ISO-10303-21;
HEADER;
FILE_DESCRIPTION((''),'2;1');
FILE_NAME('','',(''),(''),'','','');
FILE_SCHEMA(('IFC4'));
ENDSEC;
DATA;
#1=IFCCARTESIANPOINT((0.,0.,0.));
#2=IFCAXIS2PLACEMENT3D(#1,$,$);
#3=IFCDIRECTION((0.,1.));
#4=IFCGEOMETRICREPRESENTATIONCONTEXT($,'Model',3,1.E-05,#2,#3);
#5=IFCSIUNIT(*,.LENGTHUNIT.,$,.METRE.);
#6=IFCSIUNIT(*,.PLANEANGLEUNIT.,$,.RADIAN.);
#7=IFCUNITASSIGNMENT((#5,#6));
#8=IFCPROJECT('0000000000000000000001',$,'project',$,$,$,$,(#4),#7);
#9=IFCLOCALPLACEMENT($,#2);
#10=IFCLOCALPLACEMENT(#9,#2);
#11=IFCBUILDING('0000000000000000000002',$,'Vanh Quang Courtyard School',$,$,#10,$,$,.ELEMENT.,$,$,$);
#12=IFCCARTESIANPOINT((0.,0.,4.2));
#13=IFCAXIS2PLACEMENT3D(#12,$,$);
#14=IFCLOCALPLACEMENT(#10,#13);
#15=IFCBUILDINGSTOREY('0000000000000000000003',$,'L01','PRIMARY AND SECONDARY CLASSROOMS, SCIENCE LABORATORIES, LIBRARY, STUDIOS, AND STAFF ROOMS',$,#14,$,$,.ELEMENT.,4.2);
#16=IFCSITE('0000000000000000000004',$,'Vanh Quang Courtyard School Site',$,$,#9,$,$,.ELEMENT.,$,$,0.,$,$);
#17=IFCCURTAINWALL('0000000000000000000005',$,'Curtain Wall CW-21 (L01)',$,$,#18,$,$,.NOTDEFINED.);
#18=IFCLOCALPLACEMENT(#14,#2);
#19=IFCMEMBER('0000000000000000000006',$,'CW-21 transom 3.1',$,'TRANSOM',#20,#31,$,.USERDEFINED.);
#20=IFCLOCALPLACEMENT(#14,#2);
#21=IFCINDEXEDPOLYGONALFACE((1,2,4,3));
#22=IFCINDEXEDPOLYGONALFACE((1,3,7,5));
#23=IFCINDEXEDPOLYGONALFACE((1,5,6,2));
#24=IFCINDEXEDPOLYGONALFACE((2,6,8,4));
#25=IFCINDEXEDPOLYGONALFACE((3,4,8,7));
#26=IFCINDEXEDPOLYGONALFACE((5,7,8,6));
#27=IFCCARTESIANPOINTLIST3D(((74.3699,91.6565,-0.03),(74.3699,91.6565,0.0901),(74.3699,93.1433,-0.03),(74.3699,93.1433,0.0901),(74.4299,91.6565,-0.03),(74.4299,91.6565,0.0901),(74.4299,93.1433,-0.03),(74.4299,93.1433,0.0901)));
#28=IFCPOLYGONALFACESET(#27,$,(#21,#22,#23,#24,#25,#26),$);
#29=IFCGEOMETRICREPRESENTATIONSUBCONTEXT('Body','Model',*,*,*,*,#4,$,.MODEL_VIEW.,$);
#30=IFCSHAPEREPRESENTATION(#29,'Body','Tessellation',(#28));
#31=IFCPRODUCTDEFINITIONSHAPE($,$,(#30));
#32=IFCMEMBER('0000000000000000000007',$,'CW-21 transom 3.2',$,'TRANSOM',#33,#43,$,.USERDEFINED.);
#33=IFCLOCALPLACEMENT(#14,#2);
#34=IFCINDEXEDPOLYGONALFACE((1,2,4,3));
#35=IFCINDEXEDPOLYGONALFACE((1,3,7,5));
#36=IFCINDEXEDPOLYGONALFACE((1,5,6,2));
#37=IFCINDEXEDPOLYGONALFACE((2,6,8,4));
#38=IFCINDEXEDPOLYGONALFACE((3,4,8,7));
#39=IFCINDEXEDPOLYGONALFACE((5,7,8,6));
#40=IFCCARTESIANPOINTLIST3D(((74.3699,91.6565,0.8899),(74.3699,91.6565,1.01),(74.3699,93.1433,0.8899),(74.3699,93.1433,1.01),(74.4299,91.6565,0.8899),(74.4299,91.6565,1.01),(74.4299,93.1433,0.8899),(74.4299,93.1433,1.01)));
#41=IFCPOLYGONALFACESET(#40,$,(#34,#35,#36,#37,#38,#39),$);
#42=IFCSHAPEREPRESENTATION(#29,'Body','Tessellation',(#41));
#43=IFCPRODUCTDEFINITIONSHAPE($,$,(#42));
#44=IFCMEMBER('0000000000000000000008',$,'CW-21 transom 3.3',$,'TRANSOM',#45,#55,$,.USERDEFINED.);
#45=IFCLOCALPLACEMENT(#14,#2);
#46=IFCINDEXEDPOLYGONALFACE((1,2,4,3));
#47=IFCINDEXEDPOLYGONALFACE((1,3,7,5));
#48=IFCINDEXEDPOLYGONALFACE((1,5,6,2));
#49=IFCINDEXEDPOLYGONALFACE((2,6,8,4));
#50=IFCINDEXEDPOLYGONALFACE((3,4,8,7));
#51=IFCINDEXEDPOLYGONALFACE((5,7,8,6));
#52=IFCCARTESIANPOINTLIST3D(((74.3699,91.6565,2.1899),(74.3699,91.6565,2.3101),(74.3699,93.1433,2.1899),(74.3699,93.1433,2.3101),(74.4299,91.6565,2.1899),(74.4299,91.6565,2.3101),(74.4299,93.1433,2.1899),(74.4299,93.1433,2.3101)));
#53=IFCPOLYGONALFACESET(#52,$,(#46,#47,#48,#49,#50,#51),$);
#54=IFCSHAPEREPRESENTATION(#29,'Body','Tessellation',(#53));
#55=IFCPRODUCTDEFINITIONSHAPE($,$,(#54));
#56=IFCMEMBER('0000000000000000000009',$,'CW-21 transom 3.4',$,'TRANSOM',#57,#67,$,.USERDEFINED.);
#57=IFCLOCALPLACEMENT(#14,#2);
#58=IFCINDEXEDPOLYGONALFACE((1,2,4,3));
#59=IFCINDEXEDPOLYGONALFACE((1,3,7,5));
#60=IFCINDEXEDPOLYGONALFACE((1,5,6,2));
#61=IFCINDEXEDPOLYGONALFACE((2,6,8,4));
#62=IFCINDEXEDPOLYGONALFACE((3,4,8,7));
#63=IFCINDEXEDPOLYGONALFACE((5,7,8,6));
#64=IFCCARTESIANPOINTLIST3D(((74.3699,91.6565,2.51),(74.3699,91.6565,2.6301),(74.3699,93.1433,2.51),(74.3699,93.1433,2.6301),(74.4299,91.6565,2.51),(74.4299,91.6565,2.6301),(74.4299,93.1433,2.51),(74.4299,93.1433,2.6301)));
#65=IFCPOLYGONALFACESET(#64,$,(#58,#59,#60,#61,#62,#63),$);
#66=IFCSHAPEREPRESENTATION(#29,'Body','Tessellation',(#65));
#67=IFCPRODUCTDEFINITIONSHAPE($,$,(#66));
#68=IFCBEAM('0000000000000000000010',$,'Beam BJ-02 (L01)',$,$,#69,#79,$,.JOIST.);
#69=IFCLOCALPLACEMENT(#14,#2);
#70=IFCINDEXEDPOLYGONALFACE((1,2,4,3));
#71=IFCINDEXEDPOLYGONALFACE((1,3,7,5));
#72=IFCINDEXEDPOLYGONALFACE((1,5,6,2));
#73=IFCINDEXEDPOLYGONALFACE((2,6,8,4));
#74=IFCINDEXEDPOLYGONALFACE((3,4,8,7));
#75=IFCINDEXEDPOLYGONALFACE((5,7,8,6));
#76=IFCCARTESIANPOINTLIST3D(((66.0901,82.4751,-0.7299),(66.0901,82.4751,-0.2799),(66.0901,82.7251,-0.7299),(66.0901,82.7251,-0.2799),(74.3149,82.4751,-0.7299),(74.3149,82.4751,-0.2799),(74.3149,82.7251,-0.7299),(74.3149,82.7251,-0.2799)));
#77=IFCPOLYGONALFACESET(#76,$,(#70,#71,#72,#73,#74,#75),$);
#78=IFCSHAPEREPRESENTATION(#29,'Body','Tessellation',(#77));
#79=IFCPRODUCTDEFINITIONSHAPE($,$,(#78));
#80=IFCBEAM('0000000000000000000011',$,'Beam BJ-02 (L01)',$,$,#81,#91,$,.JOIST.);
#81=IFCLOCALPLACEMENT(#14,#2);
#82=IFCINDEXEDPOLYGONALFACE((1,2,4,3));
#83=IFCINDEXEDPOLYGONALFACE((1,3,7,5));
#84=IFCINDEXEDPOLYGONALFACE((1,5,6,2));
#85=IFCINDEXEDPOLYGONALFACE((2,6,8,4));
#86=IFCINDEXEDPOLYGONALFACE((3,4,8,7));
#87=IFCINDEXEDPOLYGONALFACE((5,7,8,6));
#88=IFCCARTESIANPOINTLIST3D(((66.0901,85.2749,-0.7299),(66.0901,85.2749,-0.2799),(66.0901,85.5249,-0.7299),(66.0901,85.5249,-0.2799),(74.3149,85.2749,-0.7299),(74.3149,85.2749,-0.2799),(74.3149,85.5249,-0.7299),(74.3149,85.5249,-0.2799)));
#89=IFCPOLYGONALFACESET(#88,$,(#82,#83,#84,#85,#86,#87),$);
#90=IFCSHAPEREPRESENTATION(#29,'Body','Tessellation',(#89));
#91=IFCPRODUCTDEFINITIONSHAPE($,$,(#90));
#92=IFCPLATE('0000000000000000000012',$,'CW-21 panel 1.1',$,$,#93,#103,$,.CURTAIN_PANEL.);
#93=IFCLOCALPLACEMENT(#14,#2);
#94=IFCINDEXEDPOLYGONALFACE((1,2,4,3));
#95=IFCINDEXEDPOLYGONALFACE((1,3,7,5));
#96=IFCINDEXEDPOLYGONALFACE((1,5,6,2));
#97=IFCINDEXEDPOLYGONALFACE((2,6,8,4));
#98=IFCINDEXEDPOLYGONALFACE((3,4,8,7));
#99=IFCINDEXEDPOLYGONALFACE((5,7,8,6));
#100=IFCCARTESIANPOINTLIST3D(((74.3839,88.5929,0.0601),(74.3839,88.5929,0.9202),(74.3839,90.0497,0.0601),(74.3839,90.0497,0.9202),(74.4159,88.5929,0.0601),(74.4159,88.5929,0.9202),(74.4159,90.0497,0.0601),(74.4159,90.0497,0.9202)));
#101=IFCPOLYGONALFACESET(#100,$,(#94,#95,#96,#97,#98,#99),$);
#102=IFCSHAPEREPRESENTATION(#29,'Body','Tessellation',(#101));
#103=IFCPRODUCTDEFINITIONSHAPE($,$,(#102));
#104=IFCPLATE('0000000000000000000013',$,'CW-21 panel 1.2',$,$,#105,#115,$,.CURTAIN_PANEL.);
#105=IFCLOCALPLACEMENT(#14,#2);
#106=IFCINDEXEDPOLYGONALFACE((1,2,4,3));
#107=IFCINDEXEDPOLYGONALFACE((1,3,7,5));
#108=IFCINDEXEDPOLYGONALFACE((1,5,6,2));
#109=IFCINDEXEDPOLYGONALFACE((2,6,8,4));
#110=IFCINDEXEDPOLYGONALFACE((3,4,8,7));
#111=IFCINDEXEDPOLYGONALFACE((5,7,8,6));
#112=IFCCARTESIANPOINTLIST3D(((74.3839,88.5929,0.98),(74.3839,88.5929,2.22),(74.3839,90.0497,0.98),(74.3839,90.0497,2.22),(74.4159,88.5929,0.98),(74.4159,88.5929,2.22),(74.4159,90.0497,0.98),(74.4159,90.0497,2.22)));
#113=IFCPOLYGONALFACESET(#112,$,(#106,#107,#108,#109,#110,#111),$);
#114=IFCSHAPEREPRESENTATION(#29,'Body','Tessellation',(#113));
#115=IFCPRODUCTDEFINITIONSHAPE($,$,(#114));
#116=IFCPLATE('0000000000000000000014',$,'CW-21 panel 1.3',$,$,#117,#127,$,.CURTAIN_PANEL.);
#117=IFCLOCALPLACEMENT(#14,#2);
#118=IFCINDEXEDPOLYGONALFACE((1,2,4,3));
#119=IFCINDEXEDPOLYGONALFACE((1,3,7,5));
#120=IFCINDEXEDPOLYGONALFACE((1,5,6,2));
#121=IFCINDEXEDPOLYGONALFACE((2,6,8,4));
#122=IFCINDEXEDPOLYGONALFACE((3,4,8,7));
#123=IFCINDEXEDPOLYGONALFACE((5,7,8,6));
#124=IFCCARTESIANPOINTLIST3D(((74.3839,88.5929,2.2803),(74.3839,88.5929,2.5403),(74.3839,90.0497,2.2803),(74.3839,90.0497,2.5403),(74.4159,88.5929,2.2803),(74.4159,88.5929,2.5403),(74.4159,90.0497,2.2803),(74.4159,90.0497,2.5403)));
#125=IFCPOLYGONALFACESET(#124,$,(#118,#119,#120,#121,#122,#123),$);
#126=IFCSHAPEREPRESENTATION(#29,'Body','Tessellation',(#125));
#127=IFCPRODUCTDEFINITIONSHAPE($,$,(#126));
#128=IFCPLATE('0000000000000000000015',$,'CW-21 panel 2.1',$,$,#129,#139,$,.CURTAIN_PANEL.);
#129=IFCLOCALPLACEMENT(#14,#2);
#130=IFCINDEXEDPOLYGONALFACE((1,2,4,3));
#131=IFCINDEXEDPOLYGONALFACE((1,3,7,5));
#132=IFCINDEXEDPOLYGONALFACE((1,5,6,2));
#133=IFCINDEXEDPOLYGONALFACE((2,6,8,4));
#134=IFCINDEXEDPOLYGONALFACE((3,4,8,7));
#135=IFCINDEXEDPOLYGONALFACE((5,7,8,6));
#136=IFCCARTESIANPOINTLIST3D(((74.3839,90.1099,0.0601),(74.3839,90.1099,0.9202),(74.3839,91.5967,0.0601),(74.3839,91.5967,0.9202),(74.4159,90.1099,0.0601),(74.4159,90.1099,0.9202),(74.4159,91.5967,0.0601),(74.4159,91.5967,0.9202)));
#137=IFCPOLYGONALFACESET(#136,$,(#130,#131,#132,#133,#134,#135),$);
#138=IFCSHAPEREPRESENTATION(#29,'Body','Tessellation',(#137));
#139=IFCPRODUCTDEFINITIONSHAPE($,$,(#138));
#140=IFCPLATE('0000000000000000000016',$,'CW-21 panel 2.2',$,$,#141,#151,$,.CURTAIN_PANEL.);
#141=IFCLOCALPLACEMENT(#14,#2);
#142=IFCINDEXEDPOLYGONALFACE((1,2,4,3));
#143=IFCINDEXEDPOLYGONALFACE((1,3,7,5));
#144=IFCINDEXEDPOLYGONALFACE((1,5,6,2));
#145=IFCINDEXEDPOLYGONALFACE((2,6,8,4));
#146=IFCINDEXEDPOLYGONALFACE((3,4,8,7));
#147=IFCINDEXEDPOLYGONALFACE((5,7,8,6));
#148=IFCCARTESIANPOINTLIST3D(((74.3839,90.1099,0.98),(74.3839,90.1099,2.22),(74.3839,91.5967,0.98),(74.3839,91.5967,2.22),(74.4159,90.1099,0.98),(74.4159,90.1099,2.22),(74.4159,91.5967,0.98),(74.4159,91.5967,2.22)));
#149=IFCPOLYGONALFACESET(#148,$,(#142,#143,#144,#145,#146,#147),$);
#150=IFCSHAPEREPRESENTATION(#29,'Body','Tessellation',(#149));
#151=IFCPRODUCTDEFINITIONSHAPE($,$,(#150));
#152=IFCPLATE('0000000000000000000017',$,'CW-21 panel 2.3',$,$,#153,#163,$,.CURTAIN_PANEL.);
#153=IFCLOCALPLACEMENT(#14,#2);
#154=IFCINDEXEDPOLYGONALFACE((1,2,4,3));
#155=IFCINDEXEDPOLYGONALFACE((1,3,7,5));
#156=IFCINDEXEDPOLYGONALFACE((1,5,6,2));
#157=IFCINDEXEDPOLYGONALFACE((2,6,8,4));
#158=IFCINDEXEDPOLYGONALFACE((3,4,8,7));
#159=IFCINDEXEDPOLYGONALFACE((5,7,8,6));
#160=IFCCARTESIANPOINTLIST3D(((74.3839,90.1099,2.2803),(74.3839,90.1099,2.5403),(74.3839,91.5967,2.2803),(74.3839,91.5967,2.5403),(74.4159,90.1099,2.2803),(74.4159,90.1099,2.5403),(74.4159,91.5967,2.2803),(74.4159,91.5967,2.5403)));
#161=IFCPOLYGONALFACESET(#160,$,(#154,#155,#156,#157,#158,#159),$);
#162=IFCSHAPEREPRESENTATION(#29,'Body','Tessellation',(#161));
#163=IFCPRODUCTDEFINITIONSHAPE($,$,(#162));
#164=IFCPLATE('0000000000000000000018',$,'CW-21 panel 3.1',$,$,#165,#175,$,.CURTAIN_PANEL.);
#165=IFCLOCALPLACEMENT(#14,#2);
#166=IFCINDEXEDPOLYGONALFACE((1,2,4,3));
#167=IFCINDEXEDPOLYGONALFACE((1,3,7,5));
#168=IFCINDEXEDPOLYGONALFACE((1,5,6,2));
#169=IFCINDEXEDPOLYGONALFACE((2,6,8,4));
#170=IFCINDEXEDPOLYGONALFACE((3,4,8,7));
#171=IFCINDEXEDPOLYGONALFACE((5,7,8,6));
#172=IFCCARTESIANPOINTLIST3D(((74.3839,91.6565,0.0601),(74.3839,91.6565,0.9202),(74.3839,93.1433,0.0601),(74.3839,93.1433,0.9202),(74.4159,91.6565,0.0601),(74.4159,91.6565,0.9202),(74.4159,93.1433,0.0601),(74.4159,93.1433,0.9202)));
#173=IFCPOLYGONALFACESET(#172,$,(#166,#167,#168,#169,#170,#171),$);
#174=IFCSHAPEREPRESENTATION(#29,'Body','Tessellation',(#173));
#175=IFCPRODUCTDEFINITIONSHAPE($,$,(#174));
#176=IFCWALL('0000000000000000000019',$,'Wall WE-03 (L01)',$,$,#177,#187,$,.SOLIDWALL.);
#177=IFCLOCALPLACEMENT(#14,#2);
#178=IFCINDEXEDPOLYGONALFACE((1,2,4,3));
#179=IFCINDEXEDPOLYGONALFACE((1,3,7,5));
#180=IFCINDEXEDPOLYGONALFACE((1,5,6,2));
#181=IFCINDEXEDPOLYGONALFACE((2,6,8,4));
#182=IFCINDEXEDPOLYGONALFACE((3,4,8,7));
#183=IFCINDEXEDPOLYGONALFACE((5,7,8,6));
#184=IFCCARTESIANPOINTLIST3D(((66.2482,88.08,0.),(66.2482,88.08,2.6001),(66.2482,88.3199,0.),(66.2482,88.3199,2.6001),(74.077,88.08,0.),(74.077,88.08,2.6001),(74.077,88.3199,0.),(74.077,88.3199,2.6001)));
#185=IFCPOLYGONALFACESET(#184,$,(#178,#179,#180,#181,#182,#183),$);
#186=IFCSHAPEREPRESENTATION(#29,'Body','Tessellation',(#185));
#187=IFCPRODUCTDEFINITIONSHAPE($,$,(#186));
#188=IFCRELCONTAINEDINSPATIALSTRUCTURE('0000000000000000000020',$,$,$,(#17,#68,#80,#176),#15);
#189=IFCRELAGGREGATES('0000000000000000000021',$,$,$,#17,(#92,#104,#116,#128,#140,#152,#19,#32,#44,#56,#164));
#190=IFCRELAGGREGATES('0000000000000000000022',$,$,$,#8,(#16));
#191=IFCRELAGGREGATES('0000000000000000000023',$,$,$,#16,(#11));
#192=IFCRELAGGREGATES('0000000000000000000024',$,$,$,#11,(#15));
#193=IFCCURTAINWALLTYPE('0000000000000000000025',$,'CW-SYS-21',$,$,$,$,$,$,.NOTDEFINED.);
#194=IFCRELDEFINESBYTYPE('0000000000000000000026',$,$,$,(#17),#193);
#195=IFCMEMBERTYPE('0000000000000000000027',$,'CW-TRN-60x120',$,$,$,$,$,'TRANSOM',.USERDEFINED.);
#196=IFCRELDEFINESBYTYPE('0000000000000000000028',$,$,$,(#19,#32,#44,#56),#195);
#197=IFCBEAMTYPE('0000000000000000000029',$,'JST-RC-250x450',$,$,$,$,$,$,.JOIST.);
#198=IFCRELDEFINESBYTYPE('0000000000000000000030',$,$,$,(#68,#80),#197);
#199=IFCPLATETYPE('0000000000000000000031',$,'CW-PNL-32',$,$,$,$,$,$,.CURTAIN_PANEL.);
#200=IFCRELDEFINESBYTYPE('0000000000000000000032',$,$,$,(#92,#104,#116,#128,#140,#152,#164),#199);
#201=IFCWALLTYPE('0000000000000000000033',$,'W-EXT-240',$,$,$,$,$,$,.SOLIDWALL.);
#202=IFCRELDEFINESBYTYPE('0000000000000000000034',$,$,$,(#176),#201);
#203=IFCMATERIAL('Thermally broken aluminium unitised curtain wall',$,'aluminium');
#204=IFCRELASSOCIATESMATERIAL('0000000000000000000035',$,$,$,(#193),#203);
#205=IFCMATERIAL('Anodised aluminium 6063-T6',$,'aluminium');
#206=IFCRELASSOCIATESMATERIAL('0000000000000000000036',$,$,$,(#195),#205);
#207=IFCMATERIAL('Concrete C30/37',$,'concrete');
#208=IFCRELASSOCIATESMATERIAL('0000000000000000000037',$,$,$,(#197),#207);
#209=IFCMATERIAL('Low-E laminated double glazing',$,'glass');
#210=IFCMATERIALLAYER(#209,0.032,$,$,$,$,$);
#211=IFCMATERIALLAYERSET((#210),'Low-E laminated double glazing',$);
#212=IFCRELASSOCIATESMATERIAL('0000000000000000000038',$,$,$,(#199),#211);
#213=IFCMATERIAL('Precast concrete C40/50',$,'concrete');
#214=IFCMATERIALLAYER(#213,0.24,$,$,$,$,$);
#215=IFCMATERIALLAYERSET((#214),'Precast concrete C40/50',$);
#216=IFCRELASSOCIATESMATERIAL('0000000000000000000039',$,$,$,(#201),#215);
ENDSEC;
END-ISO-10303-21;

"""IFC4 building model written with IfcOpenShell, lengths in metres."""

from ifc_helpers import new_model, si_unit, direction, frame, frame_2d, origin, origin_2d, place, context, subcontext, project, spatial, rectangle, extrude, material, layer, layer_set, material_profile, profile_set, type_object, element, aggregate, save


model = new_model("IFC4")

# Units and contexts
model_context = context("Model", 3, precision=1e-05, world=origin(), true_north=direction((0.0, 1.0)))
body_context = subcontext(model_context, "Body", "Model", "MODEL_VIEW")
ifc_project = project(units=[si_unit("LENGTHUNIT", "METRE"), si_unit("PLANEANGLEUNIT", "RADIAN")], contexts=[model_context])

# Site, building, storey
site_placement = place(None, origin())
site = spatial("IfcSite", under=ifc_project, at=site_placement, Name="Vanh Quang Courtyard School Site", CompositionType="ELEMENT", RefElevation=0.0)
building_placement = place(site_placement, origin())
building = spatial("IfcBuilding", under=site, at=building_placement, Name="Vanh Quang Courtyard School", CompositionType="ELEMENT")
storey_placement = place(building_placement, frame((0.0, 0.0, 4.2)))
storey = spatial("IfcBuildingStorey", under=building, at=storey_placement, Name="L01", Description="PRIMARY AND SECONDARY CLASSROOMS, SCIENCE LABORATORIES, LIBRARY, STUDIOS, AND STAFF ROOMS", CompositionType="ELEMENT", Elevation=4.2)

# Curtain wall, members
ifc_material_1 = material(Name="Thermally broken aluminium unitised curtain wall", Category="aluminium")
curtain_wall_type = type_object("IfcCurtainWallType", Name="CW-SYS-21", PredefinedType="NOTDEFINED", material=ifc_material_1)
curtain_wall_placement = place(storey_placement, origin())
curtain_wall = element("IfcCurtainWall", 1, at=curtain_wall_placement, inside=storey, type_object=curtain_wall_type, Name="Curtain Wall CW-21 (L01)", PredefinedType="NOTDEFINED")
ifc_material_2 = material(Name="Anodised aluminium 6063-T6", Category="aluminium")
ifc_material_profile_1 = material_profile(ifc_material_2, rectangle(XDim=0.0601, YDim=0.1201, at=origin_2d()), Name="ALU-TRN 60x120")
ifc_profile_set_1 = profile_set([ifc_material_profile_1], Name="Anodised aluminium 6063-T6")
member_type_1 = type_object("IfcMemberType", Name="CW-TRN-60x120", ElementType="TRANSOM", PredefinedType="USERDEFINED", material=ifc_profile_set_1)
member_1_placement = place(storey_placement, frame((74.3999, 91.6565, 0.03), z_axis=(0.0, 1.0, 0.0), x_axis=(-1.0, 0.0, 0.0)))
member_1 = element("IfcMember", 2, at=member_1_placement, type_object=member_type_1, Name="CW-21 transom 3.1", ObjectType="TRANSOM", PredefinedType="USERDEFINED", context=body_context, shape_type="SweptSolid", body=[
    extrude(rectangle(XDim=0.0601, YDim=0.1201, at=origin_2d()), origin(), (0.0, 0.0, 1.0), 1.4868),
])
member_2_placement = place(storey_placement, frame((74.3999, 91.6565, 0.95), z_axis=(0.0, 1.0, 0.0), x_axis=(-1.0, 0.0, 0.0)))
member_2 = element("IfcMember", 3, at=member_2_placement, type_object=member_type_1, Name="CW-21 transom 3.2", ObjectType="TRANSOM", PredefinedType="USERDEFINED", context=body_context, shape_type="SweptSolid", body=[
    extrude(rectangle(XDim=0.0601, YDim=0.1201, at=origin_2d()), origin(), (0.0, 0.0, 1.0), 1.4868),
])
member_3_placement = place(storey_placement, frame((74.3999, 91.6565, 2.25), z_axis=(0.0, 1.0, 0.0), x_axis=(-1.0, 0.0, 0.0)))
member_3 = element("IfcMember", 4, at=member_3_placement, type_object=member_type_1, Name="CW-21 transom 3.3", ObjectType="TRANSOM", PredefinedType="USERDEFINED", context=body_context, shape_type="SweptSolid", body=[
    extrude(rectangle(XDim=0.0601, YDim=0.1201, at=origin_2d()), origin(), (0.0, 0.0, 1.0), 1.4868),
])
member_4_placement = place(storey_placement, frame((74.3999, 91.6565, 2.5701), z_axis=(0.0, 1.0, 0.0), x_axis=(-1.0, 0.0, 0.0)))
member_4 = element("IfcMember", 5, at=member_4_placement, type_object=member_type_1, Name="CW-21 transom 3.4", ObjectType="TRANSOM", PredefinedType="USERDEFINED", context=body_context, shape_type="SweptSolid", body=[
    extrude(rectangle(XDim=0.0601, YDim=0.1201, at=origin_2d()), origin(), (0.0, 0.0, 1.0), 1.4868),
])

# Beams
ifc_material_3 = material(Name="Concrete C30/37", Category="concrete")
ifc_material_profile_2 = material_profile(ifc_material_3, rectangle(XDim=0.25, YDim=0.45, at=origin_2d()), Name="RC-JST 250x450")
ifc_profile_set_2 = profile_set([ifc_material_profile_2], Name="Concrete C30/37")
beam_type_1 = type_object("IfcBeamType", Name="JST-RC-250x450", PredefinedType="JOIST", material=ifc_profile_set_2)
for number, where, z_axis, x_axis, name in (
    (6, (66.0901, 82.6001, -0.5049), (1.0, 0.0, 0.0), (0.0, 1.0, 0.0), "Beam BJ-02 (L01)"),
    (7, (66.0901, 85.3999, -0.5049), (1.0, 0.0, 0.0), (0.0, 1.0, 0.0), "Beam BJ-02 (L01)"),
):
    element("IfcBeam", number, at=place(storey_placement, frame(where, z_axis=z_axis, x_axis=x_axis)), inside=storey, type_object=beam_type_1, Name=name, PredefinedType="JOIST", context=body_context, shape_type="SweptSolid", body=[
        extrude(rectangle(XDim=0.25, YDim=0.45, at=origin_2d()), origin(), (0.0, 0.0, 1.0), 8.2249),
    ])

# Plates
ifc_material_4 = material(Name="Low-E laminated double glazing", Category="glass")
ifc_layer_1 = layer(ifc_material_4, 0.032)
ifc_layer_set_1 = layer_set([ifc_layer_1], Name="Low-E laminated double glazing")
plate_type = type_object("IfcPlateType", Name="CW-PNL-32", PredefinedType="CURTAIN_PANEL", material=ifc_layer_set_1)
plate_1_placement = place(storey_placement, frame((74.3999, 89.3213, 0.0601), z_axis=(0.0, 0.0, 1.0), x_axis=(0.0, 1.0, 0.0)))
plate_1 = element("IfcPlate", 8, at=plate_1_placement, type_object=plate_type, Name="CW-21 panel 1.1", PredefinedType="CURTAIN_PANEL", context=body_context, shape_type="SweptSolid", body=[
    extrude(rectangle(XDim=1.4568, YDim=0.032, at=origin_2d()), origin(), (0.0, 0.0, 1.0), 0.8601),
])
plate_2_placement = place(storey_placement, frame((74.3999, 89.3213, 0.98), z_axis=(0.0, 0.0, 1.0), x_axis=(0.0, 1.0, 0.0)))
plate_2 = element("IfcPlate", 9, at=plate_2_placement, type_object=plate_type, Name="CW-21 panel 1.2", PredefinedType="CURTAIN_PANEL", context=body_context, shape_type="SweptSolid", body=[
    extrude(rectangle(XDim=1.4568, YDim=0.032, at=origin_2d()), origin(), (0.0, 0.0, 1.0), 1.24),
])
plate_3_placement = place(storey_placement, frame((74.3999, 89.3213, 2.2803), z_axis=(0.0, 0.0, 1.0), x_axis=(0.0, 1.0, 0.0)))
plate_3 = element("IfcPlate", 10, at=plate_3_placement, type_object=plate_type, Name="CW-21 panel 1.3", PredefinedType="CURTAIN_PANEL", context=body_context, shape_type="SweptSolid", body=[
    extrude(rectangle(XDim=1.4568, YDim=0.032, at=origin_2d()), origin(), (0.0, 0.0, 1.0), 0.26),
])
plate_4_placement = place(storey_placement, frame((74.3999, 90.8533, 0.0601), z_axis=(0.0, 0.0, 1.0), x_axis=(0.0, 1.0, 0.0)))
plate_4 = element("IfcPlate", 11, at=plate_4_placement, type_object=plate_type, Name="CW-21 panel 2.1", PredefinedType="CURTAIN_PANEL", context=body_context, shape_type="SweptSolid", body=[
    extrude(rectangle(XDim=1.4868, YDim=0.032, at=origin_2d()), origin(), (0.0, 0.0, 1.0), 0.8601),
])
plate_5_placement = place(storey_placement, frame((74.3999, 90.8533, 0.98), z_axis=(0.0, 0.0, 1.0), x_axis=(0.0, 1.0, 0.0)))
plate_5 = element("IfcPlate", 12, at=plate_5_placement, type_object=plate_type, Name="CW-21 panel 2.2", PredefinedType="CURTAIN_PANEL", context=body_context, shape_type="SweptSolid", body=[
    extrude(rectangle(XDim=1.4868, YDim=0.032, at=origin_2d()), origin(), (0.0, 0.0, 1.0), 1.24),
])
plate_6_placement = place(storey_placement, frame((74.3999, 90.8533, 2.2803), z_axis=(0.0, 0.0, 1.0), x_axis=(0.0, 1.0, 0.0)))
plate_6 = element("IfcPlate", 13, at=plate_6_placement, type_object=plate_type, Name="CW-21 panel 2.3", PredefinedType="CURTAIN_PANEL", context=body_context, shape_type="SweptSolid", body=[
    extrude(rectangle(XDim=1.4868, YDim=0.032, at=origin_2d()), origin(), (0.0, 0.0, 1.0), 0.26),
])
plate_7_placement = place(storey_placement, frame((74.3999, 92.3999, 0.0601), z_axis=(0.0, 0.0, 1.0), x_axis=(0.0, 1.0, 0.0)))
plate_7 = element("IfcPlate", 14, at=plate_7_placement, type_object=plate_type, Name="CW-21 panel 3.1", PredefinedType="CURTAIN_PANEL", context=body_context, shape_type="SweptSolid", body=[
    extrude(rectangle(XDim=1.4868, YDim=0.032, at=origin_2d()), origin(), (0.0, 0.0, 1.0), 0.8601),
])
aggregate(curtain_wall, [plate_1, plate_2, plate_3, plate_4, plate_5, plate_6, member_1, member_2, member_3, member_4, plate_7])

# Wall
ifc_material_5 = material(Name="Precast concrete C40/50", Category="concrete")
ifc_layer_2 = layer(ifc_material_5, 0.24)
ifc_layer_set_2 = layer_set([ifc_layer_2], Name="Precast concrete C40/50")
wall_type_1 = type_object("IfcWallType", Name="W-EXT-240", PredefinedType="SOLIDWALL", material=ifc_layer_set_2)
wall_1_placement = place(storey_placement, frame((66.248, 88.2, 0.0), z_axis=(0.0, 0.0, 1.0), x_axis=(1.0, 0.0, 0.0)))
element("IfcWall", 15, at=wall_1_placement, inside=storey, type_object=wall_type_1, Name="Wall WE-03 (L01)", PredefinedType="SOLIDWALL", context=body_context, shape_type="SweptSolid", body=[
    extrude(rectangle(XDim=7.8289, YDim=0.24, at=frame_2d((3.9146, 0.0))), origin(), (0.0, 0.0, 1.0), 2.6001),
])

save(model, "model.ifc")
